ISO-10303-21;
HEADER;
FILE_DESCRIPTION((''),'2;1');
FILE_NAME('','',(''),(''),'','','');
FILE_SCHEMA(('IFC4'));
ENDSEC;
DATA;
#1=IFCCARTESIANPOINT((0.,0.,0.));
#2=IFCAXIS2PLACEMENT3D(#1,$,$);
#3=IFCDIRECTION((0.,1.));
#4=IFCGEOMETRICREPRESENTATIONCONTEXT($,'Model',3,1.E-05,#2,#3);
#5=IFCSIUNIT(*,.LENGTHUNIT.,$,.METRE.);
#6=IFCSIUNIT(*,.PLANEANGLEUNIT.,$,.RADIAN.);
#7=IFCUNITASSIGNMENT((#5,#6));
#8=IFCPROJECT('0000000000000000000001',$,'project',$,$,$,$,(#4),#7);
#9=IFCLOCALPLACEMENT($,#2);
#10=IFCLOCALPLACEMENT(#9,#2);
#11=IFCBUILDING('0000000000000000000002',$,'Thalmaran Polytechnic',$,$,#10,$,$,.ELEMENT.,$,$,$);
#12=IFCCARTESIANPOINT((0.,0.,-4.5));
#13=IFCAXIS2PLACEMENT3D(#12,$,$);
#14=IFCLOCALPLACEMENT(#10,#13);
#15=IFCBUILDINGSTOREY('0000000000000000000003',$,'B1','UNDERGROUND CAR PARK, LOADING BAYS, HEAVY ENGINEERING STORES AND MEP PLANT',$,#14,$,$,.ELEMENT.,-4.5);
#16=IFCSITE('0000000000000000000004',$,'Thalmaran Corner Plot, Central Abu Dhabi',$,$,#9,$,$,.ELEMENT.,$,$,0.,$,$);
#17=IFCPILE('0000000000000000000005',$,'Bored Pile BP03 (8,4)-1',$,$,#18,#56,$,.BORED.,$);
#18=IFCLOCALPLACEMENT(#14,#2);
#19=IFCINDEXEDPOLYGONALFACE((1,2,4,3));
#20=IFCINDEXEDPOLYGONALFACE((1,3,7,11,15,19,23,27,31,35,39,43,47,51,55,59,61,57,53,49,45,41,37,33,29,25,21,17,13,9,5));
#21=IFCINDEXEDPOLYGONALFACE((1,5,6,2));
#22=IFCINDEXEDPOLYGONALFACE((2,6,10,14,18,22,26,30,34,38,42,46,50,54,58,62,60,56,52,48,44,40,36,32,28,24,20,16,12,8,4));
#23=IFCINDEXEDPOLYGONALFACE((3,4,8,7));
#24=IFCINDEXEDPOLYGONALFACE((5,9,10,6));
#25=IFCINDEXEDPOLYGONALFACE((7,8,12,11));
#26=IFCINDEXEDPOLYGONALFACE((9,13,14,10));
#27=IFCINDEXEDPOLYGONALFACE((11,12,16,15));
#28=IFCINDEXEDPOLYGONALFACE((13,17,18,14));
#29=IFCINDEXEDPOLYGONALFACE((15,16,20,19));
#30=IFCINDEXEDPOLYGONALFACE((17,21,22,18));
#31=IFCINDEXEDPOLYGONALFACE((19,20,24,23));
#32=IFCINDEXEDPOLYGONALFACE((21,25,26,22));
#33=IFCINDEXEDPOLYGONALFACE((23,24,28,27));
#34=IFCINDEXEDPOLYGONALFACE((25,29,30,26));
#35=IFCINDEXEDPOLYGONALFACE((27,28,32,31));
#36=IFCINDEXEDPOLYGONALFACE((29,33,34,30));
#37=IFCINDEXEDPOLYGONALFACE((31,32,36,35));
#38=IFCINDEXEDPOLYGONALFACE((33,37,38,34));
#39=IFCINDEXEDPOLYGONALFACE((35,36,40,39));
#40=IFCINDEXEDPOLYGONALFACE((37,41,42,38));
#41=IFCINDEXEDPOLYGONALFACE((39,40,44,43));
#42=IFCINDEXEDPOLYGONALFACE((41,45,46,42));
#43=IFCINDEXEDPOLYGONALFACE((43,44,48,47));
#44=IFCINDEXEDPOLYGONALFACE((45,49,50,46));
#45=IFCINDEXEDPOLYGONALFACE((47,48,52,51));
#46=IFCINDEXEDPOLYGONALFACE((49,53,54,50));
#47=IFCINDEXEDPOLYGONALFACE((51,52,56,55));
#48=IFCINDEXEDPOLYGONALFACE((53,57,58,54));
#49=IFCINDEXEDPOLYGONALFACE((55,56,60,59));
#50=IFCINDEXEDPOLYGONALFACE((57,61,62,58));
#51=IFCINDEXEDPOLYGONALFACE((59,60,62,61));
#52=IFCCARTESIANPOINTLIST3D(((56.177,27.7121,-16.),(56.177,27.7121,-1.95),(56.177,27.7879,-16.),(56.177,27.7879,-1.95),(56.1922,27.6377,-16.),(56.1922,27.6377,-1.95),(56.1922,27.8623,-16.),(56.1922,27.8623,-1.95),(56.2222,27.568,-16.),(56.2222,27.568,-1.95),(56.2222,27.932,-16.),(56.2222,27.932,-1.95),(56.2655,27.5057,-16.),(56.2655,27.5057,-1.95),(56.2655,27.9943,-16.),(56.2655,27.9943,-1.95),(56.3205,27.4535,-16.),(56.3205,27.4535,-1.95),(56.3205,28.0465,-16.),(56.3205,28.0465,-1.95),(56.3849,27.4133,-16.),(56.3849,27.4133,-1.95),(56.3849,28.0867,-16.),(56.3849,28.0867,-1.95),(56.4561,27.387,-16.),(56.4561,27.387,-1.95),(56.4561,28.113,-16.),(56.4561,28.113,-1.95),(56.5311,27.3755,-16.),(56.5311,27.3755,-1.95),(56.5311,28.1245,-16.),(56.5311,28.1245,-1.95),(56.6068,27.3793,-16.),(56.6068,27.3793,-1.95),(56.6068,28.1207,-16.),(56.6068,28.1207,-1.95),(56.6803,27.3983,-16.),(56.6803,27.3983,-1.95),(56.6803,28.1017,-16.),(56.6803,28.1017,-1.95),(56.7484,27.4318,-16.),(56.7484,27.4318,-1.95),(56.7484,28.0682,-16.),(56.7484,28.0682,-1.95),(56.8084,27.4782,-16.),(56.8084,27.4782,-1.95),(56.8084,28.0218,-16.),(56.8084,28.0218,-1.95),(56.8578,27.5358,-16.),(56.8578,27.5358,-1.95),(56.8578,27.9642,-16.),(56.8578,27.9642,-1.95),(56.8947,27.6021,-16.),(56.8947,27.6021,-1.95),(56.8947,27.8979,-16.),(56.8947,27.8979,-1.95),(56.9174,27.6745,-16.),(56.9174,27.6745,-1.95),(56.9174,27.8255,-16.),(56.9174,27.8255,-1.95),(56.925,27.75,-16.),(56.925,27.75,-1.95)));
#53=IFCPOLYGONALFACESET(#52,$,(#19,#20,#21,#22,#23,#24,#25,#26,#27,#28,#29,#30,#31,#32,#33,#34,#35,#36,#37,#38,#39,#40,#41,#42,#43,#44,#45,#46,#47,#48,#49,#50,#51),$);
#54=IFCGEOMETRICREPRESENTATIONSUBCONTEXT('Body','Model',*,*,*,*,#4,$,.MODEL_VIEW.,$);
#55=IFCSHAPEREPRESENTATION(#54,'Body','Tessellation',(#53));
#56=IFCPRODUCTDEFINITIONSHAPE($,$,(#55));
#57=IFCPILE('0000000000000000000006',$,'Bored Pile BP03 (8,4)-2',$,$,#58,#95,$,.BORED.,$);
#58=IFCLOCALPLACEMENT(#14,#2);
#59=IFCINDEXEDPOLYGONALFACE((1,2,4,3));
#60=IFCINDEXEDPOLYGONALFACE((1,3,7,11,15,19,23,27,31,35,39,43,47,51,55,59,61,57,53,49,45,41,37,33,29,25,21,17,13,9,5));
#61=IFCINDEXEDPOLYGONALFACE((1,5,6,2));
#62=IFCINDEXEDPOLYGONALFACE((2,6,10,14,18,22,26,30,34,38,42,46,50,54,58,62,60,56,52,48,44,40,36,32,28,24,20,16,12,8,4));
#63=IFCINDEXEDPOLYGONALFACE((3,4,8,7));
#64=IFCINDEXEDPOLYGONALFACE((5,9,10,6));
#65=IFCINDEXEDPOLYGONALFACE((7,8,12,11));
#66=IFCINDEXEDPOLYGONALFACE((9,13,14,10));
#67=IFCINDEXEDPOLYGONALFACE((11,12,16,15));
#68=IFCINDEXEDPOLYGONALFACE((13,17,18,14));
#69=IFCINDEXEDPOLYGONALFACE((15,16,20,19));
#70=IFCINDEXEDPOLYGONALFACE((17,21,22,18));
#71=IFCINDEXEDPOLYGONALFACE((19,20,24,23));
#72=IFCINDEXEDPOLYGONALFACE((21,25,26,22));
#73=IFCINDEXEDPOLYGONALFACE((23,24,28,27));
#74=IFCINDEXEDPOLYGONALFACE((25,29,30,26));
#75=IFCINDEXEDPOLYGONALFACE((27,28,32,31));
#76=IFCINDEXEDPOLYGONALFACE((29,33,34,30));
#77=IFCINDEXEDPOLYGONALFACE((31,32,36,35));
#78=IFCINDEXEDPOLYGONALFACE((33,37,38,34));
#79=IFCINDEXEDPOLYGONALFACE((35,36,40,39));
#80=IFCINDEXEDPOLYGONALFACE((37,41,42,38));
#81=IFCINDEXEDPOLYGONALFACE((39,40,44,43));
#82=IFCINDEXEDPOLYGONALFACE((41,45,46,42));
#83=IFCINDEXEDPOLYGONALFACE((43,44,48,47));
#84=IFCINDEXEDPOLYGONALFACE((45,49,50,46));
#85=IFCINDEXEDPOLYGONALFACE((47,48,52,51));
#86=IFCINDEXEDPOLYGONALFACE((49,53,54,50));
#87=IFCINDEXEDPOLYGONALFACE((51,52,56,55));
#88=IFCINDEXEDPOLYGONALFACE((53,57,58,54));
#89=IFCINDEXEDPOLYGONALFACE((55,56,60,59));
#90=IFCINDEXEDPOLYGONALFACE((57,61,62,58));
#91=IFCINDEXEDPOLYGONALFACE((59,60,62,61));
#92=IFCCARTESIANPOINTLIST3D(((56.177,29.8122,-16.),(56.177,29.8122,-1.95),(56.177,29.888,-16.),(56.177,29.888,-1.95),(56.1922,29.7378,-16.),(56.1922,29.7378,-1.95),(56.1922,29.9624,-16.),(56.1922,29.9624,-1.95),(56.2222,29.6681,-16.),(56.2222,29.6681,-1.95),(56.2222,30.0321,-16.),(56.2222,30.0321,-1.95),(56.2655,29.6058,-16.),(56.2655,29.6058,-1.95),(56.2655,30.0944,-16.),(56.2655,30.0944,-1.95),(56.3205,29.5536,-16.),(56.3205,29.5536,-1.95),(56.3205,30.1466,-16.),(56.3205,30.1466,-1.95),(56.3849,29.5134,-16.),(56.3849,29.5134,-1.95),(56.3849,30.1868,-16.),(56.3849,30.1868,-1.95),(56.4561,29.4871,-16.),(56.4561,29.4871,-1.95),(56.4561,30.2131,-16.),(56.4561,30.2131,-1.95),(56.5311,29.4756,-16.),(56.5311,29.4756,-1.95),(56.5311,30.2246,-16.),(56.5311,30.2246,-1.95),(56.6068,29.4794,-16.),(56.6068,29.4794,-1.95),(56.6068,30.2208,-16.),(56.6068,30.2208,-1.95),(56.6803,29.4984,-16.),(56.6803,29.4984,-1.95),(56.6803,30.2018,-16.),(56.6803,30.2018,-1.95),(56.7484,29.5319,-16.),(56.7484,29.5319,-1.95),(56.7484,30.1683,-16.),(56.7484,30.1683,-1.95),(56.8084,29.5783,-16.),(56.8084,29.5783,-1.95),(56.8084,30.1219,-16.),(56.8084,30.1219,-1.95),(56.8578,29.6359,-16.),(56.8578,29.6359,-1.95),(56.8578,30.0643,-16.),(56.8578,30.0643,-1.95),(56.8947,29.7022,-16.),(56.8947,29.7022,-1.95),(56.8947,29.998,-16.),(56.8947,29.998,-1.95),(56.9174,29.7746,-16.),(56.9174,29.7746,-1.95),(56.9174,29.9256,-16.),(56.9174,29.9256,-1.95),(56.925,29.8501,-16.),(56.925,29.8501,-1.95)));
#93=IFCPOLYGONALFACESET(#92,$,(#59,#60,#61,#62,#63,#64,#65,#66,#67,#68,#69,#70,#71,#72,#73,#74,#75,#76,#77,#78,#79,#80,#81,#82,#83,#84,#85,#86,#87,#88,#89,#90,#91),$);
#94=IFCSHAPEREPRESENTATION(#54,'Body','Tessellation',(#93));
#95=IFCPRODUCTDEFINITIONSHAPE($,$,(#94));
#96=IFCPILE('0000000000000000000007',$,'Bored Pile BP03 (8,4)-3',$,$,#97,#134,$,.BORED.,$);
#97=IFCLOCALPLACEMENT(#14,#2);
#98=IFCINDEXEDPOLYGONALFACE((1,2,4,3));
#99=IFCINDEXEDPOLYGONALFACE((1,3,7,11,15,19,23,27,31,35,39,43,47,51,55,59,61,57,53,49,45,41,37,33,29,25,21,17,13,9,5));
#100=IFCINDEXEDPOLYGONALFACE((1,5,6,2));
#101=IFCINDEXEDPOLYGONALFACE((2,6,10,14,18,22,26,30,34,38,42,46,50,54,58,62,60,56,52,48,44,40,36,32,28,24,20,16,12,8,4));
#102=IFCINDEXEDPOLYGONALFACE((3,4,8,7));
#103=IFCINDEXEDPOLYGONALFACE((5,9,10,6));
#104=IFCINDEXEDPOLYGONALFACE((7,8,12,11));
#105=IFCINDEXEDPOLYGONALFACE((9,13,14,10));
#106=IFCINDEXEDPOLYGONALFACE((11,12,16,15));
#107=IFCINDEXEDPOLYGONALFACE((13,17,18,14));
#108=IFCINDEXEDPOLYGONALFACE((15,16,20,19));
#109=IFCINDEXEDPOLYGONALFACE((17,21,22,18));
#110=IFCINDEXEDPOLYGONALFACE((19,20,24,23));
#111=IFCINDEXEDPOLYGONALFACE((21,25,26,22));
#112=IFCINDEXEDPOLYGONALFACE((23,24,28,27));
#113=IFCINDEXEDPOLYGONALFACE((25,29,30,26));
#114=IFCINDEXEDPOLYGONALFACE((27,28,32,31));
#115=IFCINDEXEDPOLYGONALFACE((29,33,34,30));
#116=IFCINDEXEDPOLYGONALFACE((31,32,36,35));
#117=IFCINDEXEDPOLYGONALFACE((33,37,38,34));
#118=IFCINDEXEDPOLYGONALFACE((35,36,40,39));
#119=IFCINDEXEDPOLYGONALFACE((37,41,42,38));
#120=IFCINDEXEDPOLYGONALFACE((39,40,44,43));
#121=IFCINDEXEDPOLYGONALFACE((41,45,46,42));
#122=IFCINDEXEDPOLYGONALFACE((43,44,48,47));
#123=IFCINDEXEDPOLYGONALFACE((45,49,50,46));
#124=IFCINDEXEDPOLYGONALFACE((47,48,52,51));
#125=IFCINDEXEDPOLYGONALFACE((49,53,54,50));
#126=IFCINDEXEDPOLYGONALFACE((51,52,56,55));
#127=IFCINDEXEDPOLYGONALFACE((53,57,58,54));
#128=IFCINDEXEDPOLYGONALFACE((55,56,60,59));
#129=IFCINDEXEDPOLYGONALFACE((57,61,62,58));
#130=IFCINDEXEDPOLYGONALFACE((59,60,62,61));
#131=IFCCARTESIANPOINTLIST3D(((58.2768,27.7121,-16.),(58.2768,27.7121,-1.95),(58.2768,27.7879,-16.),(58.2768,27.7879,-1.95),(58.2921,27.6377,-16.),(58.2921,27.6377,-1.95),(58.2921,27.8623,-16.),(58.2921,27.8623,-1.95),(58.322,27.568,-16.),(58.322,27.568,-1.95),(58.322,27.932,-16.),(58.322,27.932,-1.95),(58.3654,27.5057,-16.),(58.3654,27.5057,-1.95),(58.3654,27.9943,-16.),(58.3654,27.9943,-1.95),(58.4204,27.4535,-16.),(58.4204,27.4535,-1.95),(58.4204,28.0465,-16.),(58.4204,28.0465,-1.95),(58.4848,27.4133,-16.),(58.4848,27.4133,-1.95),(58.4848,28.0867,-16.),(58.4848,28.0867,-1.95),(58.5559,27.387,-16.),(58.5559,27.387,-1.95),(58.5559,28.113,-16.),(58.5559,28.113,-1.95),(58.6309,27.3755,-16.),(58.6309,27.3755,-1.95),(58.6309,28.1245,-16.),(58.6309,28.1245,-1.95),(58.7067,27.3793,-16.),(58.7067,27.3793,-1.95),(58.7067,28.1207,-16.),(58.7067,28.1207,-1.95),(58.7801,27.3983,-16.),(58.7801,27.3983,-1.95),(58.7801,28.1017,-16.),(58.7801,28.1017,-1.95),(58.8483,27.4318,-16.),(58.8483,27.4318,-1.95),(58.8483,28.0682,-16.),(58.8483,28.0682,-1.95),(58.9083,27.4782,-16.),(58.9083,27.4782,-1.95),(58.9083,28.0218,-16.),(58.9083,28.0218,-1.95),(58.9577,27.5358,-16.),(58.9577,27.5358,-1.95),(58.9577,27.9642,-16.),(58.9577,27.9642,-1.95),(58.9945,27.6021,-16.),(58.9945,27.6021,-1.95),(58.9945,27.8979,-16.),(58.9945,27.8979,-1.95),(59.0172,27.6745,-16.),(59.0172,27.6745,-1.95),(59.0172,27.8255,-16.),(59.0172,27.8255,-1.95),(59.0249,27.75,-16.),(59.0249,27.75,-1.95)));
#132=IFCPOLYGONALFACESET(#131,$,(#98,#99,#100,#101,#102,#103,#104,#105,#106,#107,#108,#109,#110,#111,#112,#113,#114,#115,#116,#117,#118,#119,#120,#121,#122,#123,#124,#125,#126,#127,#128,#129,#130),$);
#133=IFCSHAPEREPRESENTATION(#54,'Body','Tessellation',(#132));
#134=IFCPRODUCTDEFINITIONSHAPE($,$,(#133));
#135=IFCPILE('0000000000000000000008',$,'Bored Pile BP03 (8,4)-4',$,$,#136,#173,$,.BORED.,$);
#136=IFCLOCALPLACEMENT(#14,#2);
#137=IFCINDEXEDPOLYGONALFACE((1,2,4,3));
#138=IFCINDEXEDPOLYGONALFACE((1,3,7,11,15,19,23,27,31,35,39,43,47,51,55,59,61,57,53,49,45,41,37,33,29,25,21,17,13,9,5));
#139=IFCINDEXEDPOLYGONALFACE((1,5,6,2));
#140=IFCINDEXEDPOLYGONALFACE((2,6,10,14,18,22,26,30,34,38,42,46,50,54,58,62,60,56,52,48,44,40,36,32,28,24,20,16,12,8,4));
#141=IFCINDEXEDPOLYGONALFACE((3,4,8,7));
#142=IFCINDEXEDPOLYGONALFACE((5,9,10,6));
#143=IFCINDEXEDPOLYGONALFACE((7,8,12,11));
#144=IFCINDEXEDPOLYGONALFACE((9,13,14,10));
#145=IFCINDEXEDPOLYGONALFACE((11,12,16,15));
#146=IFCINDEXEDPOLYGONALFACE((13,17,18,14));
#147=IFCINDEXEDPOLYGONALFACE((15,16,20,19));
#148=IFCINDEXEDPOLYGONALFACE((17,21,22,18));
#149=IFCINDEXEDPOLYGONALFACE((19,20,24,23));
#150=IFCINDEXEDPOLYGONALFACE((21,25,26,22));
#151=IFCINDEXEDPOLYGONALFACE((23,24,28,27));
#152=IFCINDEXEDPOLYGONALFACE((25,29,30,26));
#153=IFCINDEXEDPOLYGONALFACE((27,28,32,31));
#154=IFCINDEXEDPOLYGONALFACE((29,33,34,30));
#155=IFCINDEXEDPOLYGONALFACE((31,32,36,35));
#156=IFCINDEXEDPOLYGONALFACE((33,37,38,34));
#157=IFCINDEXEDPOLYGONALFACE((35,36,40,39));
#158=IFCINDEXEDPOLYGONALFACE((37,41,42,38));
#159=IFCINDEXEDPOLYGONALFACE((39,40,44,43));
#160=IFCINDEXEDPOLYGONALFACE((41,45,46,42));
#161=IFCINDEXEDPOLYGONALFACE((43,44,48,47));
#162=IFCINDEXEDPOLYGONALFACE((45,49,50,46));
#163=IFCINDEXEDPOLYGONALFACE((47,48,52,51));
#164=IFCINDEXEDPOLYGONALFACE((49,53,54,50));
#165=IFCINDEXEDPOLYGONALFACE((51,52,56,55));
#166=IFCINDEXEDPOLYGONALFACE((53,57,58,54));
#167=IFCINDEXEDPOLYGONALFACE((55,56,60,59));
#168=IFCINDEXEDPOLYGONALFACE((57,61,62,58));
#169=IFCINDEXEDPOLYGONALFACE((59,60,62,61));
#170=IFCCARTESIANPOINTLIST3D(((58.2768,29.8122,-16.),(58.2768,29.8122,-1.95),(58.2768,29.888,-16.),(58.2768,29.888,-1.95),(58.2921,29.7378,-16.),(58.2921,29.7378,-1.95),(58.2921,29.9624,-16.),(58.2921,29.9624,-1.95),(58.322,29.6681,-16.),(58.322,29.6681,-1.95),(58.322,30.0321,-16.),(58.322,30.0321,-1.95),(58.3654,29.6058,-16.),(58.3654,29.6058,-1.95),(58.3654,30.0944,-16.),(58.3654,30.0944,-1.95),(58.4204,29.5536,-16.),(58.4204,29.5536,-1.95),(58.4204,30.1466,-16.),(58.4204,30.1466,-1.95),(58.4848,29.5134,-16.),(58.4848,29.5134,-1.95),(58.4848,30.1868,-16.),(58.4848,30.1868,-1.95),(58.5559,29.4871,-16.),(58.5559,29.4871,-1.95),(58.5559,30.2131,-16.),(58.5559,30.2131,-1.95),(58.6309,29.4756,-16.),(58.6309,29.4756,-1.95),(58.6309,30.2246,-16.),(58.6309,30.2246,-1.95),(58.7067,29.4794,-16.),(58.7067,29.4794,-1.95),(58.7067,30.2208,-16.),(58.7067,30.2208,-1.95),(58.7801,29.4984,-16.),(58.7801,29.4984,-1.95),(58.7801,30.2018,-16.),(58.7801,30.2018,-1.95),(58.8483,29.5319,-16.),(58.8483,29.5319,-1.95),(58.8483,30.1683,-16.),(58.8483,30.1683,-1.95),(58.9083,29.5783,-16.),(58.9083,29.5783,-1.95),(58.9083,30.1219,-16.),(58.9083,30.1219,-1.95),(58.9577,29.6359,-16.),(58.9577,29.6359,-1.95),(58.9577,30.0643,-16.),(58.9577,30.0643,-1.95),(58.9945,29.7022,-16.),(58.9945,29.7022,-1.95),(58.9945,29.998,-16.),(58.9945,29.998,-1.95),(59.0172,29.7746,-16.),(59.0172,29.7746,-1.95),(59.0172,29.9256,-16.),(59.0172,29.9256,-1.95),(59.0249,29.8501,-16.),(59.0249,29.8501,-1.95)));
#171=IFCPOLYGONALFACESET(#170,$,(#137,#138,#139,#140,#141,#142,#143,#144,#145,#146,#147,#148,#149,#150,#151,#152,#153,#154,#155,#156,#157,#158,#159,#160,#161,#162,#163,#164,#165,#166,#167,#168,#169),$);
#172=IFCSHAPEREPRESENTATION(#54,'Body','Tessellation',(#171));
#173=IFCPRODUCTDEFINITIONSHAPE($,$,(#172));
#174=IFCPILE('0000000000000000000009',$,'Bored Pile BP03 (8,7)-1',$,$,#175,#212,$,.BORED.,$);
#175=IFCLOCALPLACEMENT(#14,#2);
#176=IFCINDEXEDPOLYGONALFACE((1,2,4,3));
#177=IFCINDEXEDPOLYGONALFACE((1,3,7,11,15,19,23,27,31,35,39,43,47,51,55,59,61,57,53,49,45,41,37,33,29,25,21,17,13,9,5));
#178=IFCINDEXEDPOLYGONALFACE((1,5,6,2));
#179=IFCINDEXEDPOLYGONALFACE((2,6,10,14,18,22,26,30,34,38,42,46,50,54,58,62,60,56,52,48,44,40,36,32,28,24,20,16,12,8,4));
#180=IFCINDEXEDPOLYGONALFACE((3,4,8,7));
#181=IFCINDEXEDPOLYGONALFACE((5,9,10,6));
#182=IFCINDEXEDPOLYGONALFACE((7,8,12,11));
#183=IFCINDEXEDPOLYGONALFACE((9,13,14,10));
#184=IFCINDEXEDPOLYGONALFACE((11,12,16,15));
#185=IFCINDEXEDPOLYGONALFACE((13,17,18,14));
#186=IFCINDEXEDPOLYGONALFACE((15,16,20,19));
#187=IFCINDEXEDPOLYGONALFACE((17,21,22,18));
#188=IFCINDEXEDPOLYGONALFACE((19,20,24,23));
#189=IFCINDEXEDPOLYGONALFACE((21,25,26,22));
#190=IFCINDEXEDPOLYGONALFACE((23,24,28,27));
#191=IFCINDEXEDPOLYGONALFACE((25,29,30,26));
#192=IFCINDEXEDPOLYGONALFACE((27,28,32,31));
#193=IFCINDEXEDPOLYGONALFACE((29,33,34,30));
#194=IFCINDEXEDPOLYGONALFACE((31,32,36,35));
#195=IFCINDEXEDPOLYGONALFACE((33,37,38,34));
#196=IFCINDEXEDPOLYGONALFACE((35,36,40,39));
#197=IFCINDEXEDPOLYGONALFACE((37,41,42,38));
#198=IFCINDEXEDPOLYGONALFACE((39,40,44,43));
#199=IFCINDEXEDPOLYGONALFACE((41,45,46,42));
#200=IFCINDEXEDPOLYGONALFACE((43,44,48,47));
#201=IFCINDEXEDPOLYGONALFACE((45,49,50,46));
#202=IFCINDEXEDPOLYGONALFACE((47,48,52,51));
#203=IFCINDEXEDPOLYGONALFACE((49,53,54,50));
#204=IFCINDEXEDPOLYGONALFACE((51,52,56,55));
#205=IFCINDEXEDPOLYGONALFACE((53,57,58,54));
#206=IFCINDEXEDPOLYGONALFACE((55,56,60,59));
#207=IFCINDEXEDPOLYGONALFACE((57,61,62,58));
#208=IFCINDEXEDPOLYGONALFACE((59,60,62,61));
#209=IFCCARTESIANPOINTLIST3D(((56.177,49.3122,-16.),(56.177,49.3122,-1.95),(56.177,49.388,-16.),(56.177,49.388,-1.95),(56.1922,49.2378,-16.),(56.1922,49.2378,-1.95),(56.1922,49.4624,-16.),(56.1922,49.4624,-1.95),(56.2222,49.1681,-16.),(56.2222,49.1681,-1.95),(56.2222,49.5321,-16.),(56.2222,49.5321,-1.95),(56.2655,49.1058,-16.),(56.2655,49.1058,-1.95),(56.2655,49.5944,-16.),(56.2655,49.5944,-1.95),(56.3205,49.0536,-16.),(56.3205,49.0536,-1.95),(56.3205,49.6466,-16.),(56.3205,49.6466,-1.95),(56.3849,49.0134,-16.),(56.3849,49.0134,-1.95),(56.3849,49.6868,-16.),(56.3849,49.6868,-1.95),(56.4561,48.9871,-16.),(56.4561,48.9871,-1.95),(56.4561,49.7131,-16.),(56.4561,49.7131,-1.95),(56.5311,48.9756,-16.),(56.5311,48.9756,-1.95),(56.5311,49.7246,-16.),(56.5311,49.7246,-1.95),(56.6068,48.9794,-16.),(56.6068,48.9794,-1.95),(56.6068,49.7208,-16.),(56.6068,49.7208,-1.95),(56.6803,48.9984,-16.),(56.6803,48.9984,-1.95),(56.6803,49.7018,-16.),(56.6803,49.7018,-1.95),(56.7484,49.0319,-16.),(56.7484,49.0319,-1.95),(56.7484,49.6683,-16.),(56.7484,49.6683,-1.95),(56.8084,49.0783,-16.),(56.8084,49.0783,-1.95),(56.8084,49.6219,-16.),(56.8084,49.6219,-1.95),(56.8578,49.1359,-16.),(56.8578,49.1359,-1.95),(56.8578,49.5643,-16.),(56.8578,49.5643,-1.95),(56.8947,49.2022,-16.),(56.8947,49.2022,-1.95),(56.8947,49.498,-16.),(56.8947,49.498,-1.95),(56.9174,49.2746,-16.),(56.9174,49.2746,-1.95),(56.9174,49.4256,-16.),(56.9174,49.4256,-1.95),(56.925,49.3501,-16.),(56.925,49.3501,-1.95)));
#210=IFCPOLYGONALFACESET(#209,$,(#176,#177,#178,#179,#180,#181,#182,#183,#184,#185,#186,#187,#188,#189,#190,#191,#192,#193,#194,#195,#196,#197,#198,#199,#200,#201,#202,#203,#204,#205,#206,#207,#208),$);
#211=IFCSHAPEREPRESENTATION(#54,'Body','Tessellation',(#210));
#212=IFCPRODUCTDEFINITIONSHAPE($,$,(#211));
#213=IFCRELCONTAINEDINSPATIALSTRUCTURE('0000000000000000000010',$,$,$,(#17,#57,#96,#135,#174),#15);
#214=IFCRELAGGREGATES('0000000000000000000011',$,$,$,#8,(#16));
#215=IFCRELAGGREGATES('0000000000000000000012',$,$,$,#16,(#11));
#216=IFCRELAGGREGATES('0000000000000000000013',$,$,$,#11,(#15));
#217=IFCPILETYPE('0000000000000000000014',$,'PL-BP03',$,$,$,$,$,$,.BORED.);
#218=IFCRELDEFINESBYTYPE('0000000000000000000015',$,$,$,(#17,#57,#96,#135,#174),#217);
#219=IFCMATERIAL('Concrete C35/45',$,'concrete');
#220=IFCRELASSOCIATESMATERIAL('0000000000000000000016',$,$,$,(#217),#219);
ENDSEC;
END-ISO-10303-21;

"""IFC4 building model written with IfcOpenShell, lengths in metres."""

from ifc_helpers import new_model, si_unit, direction, frame, origin, origin_2d, place, context, subcontext, project, spatial, circle, extrude, material, material_profile, profile_set, type_object, element, save


model = new_model("IFC4")

# Units and contexts
model_context = context("Model", 3, precision=1e-05, world=origin(), true_north=direction((0.0, 1.0)))
body_context = subcontext(model_context, "Body", "Model", "MODEL_VIEW")
ifc_project = project(units=[si_unit("LENGTHUNIT", "METRE"), si_unit("PLANEANGLEUNIT", "RADIAN")], contexts=[model_context])

# Site, building, storey
site_placement = place(None, origin())
site = spatial("IfcSite", under=ifc_project, at=site_placement, Name="Thalmaran Corner Plot, Central Abu Dhabi", CompositionType="ELEMENT", RefElevation=0.0)
building_placement = place(site_placement, origin())
building = spatial("IfcBuilding", under=site, at=building_placement, Name="Thalmaran Polytechnic", CompositionType="ELEMENT")
storey_placement = place(building_placement, frame((0.0, 0.0, -4.5)))
storey = spatial("IfcBuildingStorey", under=building, at=storey_placement, Name="B1", Description="UNDERGROUND CAR PARK, LOADING BAYS, HEAVY ENGINEERING STORES AND MEP PLANT", CompositionType="ELEMENT", Elevation=-4.5)

# Piles
ifc_material_1 = material(Name="Concrete C35/45", Category="concrete")
ifc_material_profile_1 = material_profile(ifc_material_1, circle(Radius=0.375, at=origin_2d()), Name="RC 750 DIA")
ifc_profile_set_1 = profile_set([ifc_material_profile_1], Name="Concrete C35/45")
pile_type_1 = type_object("IfcPileType", Name="PL-BP03", PredefinedType="BORED", material=ifc_profile_set_1)
for number, where, z_axis, x_axis, name in (
    (1, (56.55, 27.75, -1.95), (0.0, 0.0, -1.0), (1.0, 0.0, 0.0), "Bored Pile BP03 (8,4)-1"),
    (2, (56.55, 29.8501, -1.95), (0.0, 0.0, -1.0), (1.0, 0.0, 0.0), "Bored Pile BP03 (8,4)-2"),
    (3, (58.6499, 27.75, -1.95), (0.0, 0.0, -1.0), (1.0, 0.0, 0.0), "Bored Pile BP03 (8,4)-3"),
    (4, (58.6499, 29.8501, -1.95), (0.0, 0.0, -1.0), (1.0, 0.0, 0.0), "Bored Pile BP03 (8,4)-4"),
    (5, (56.55, 49.3501, -1.95), (0.0, 0.0, -1.0), (1.0, 0.0, 0.0), "Bored Pile BP03 (8,7)-1"),
):
    element("IfcPile", number, at=place(storey_placement, frame(where, z_axis=z_axis, x_axis=x_axis)), inside=storey, type_object=pile_type_1, Name=name, PredefinedType="BORED", context=body_context, shape_type="SweptSolid", body=[
        extrude(circle(Radius=0.375, at=origin_2d()), origin(), (0.0, 0.0, 1.0), 14.05),
    ])

save(model, "model.ifc")
